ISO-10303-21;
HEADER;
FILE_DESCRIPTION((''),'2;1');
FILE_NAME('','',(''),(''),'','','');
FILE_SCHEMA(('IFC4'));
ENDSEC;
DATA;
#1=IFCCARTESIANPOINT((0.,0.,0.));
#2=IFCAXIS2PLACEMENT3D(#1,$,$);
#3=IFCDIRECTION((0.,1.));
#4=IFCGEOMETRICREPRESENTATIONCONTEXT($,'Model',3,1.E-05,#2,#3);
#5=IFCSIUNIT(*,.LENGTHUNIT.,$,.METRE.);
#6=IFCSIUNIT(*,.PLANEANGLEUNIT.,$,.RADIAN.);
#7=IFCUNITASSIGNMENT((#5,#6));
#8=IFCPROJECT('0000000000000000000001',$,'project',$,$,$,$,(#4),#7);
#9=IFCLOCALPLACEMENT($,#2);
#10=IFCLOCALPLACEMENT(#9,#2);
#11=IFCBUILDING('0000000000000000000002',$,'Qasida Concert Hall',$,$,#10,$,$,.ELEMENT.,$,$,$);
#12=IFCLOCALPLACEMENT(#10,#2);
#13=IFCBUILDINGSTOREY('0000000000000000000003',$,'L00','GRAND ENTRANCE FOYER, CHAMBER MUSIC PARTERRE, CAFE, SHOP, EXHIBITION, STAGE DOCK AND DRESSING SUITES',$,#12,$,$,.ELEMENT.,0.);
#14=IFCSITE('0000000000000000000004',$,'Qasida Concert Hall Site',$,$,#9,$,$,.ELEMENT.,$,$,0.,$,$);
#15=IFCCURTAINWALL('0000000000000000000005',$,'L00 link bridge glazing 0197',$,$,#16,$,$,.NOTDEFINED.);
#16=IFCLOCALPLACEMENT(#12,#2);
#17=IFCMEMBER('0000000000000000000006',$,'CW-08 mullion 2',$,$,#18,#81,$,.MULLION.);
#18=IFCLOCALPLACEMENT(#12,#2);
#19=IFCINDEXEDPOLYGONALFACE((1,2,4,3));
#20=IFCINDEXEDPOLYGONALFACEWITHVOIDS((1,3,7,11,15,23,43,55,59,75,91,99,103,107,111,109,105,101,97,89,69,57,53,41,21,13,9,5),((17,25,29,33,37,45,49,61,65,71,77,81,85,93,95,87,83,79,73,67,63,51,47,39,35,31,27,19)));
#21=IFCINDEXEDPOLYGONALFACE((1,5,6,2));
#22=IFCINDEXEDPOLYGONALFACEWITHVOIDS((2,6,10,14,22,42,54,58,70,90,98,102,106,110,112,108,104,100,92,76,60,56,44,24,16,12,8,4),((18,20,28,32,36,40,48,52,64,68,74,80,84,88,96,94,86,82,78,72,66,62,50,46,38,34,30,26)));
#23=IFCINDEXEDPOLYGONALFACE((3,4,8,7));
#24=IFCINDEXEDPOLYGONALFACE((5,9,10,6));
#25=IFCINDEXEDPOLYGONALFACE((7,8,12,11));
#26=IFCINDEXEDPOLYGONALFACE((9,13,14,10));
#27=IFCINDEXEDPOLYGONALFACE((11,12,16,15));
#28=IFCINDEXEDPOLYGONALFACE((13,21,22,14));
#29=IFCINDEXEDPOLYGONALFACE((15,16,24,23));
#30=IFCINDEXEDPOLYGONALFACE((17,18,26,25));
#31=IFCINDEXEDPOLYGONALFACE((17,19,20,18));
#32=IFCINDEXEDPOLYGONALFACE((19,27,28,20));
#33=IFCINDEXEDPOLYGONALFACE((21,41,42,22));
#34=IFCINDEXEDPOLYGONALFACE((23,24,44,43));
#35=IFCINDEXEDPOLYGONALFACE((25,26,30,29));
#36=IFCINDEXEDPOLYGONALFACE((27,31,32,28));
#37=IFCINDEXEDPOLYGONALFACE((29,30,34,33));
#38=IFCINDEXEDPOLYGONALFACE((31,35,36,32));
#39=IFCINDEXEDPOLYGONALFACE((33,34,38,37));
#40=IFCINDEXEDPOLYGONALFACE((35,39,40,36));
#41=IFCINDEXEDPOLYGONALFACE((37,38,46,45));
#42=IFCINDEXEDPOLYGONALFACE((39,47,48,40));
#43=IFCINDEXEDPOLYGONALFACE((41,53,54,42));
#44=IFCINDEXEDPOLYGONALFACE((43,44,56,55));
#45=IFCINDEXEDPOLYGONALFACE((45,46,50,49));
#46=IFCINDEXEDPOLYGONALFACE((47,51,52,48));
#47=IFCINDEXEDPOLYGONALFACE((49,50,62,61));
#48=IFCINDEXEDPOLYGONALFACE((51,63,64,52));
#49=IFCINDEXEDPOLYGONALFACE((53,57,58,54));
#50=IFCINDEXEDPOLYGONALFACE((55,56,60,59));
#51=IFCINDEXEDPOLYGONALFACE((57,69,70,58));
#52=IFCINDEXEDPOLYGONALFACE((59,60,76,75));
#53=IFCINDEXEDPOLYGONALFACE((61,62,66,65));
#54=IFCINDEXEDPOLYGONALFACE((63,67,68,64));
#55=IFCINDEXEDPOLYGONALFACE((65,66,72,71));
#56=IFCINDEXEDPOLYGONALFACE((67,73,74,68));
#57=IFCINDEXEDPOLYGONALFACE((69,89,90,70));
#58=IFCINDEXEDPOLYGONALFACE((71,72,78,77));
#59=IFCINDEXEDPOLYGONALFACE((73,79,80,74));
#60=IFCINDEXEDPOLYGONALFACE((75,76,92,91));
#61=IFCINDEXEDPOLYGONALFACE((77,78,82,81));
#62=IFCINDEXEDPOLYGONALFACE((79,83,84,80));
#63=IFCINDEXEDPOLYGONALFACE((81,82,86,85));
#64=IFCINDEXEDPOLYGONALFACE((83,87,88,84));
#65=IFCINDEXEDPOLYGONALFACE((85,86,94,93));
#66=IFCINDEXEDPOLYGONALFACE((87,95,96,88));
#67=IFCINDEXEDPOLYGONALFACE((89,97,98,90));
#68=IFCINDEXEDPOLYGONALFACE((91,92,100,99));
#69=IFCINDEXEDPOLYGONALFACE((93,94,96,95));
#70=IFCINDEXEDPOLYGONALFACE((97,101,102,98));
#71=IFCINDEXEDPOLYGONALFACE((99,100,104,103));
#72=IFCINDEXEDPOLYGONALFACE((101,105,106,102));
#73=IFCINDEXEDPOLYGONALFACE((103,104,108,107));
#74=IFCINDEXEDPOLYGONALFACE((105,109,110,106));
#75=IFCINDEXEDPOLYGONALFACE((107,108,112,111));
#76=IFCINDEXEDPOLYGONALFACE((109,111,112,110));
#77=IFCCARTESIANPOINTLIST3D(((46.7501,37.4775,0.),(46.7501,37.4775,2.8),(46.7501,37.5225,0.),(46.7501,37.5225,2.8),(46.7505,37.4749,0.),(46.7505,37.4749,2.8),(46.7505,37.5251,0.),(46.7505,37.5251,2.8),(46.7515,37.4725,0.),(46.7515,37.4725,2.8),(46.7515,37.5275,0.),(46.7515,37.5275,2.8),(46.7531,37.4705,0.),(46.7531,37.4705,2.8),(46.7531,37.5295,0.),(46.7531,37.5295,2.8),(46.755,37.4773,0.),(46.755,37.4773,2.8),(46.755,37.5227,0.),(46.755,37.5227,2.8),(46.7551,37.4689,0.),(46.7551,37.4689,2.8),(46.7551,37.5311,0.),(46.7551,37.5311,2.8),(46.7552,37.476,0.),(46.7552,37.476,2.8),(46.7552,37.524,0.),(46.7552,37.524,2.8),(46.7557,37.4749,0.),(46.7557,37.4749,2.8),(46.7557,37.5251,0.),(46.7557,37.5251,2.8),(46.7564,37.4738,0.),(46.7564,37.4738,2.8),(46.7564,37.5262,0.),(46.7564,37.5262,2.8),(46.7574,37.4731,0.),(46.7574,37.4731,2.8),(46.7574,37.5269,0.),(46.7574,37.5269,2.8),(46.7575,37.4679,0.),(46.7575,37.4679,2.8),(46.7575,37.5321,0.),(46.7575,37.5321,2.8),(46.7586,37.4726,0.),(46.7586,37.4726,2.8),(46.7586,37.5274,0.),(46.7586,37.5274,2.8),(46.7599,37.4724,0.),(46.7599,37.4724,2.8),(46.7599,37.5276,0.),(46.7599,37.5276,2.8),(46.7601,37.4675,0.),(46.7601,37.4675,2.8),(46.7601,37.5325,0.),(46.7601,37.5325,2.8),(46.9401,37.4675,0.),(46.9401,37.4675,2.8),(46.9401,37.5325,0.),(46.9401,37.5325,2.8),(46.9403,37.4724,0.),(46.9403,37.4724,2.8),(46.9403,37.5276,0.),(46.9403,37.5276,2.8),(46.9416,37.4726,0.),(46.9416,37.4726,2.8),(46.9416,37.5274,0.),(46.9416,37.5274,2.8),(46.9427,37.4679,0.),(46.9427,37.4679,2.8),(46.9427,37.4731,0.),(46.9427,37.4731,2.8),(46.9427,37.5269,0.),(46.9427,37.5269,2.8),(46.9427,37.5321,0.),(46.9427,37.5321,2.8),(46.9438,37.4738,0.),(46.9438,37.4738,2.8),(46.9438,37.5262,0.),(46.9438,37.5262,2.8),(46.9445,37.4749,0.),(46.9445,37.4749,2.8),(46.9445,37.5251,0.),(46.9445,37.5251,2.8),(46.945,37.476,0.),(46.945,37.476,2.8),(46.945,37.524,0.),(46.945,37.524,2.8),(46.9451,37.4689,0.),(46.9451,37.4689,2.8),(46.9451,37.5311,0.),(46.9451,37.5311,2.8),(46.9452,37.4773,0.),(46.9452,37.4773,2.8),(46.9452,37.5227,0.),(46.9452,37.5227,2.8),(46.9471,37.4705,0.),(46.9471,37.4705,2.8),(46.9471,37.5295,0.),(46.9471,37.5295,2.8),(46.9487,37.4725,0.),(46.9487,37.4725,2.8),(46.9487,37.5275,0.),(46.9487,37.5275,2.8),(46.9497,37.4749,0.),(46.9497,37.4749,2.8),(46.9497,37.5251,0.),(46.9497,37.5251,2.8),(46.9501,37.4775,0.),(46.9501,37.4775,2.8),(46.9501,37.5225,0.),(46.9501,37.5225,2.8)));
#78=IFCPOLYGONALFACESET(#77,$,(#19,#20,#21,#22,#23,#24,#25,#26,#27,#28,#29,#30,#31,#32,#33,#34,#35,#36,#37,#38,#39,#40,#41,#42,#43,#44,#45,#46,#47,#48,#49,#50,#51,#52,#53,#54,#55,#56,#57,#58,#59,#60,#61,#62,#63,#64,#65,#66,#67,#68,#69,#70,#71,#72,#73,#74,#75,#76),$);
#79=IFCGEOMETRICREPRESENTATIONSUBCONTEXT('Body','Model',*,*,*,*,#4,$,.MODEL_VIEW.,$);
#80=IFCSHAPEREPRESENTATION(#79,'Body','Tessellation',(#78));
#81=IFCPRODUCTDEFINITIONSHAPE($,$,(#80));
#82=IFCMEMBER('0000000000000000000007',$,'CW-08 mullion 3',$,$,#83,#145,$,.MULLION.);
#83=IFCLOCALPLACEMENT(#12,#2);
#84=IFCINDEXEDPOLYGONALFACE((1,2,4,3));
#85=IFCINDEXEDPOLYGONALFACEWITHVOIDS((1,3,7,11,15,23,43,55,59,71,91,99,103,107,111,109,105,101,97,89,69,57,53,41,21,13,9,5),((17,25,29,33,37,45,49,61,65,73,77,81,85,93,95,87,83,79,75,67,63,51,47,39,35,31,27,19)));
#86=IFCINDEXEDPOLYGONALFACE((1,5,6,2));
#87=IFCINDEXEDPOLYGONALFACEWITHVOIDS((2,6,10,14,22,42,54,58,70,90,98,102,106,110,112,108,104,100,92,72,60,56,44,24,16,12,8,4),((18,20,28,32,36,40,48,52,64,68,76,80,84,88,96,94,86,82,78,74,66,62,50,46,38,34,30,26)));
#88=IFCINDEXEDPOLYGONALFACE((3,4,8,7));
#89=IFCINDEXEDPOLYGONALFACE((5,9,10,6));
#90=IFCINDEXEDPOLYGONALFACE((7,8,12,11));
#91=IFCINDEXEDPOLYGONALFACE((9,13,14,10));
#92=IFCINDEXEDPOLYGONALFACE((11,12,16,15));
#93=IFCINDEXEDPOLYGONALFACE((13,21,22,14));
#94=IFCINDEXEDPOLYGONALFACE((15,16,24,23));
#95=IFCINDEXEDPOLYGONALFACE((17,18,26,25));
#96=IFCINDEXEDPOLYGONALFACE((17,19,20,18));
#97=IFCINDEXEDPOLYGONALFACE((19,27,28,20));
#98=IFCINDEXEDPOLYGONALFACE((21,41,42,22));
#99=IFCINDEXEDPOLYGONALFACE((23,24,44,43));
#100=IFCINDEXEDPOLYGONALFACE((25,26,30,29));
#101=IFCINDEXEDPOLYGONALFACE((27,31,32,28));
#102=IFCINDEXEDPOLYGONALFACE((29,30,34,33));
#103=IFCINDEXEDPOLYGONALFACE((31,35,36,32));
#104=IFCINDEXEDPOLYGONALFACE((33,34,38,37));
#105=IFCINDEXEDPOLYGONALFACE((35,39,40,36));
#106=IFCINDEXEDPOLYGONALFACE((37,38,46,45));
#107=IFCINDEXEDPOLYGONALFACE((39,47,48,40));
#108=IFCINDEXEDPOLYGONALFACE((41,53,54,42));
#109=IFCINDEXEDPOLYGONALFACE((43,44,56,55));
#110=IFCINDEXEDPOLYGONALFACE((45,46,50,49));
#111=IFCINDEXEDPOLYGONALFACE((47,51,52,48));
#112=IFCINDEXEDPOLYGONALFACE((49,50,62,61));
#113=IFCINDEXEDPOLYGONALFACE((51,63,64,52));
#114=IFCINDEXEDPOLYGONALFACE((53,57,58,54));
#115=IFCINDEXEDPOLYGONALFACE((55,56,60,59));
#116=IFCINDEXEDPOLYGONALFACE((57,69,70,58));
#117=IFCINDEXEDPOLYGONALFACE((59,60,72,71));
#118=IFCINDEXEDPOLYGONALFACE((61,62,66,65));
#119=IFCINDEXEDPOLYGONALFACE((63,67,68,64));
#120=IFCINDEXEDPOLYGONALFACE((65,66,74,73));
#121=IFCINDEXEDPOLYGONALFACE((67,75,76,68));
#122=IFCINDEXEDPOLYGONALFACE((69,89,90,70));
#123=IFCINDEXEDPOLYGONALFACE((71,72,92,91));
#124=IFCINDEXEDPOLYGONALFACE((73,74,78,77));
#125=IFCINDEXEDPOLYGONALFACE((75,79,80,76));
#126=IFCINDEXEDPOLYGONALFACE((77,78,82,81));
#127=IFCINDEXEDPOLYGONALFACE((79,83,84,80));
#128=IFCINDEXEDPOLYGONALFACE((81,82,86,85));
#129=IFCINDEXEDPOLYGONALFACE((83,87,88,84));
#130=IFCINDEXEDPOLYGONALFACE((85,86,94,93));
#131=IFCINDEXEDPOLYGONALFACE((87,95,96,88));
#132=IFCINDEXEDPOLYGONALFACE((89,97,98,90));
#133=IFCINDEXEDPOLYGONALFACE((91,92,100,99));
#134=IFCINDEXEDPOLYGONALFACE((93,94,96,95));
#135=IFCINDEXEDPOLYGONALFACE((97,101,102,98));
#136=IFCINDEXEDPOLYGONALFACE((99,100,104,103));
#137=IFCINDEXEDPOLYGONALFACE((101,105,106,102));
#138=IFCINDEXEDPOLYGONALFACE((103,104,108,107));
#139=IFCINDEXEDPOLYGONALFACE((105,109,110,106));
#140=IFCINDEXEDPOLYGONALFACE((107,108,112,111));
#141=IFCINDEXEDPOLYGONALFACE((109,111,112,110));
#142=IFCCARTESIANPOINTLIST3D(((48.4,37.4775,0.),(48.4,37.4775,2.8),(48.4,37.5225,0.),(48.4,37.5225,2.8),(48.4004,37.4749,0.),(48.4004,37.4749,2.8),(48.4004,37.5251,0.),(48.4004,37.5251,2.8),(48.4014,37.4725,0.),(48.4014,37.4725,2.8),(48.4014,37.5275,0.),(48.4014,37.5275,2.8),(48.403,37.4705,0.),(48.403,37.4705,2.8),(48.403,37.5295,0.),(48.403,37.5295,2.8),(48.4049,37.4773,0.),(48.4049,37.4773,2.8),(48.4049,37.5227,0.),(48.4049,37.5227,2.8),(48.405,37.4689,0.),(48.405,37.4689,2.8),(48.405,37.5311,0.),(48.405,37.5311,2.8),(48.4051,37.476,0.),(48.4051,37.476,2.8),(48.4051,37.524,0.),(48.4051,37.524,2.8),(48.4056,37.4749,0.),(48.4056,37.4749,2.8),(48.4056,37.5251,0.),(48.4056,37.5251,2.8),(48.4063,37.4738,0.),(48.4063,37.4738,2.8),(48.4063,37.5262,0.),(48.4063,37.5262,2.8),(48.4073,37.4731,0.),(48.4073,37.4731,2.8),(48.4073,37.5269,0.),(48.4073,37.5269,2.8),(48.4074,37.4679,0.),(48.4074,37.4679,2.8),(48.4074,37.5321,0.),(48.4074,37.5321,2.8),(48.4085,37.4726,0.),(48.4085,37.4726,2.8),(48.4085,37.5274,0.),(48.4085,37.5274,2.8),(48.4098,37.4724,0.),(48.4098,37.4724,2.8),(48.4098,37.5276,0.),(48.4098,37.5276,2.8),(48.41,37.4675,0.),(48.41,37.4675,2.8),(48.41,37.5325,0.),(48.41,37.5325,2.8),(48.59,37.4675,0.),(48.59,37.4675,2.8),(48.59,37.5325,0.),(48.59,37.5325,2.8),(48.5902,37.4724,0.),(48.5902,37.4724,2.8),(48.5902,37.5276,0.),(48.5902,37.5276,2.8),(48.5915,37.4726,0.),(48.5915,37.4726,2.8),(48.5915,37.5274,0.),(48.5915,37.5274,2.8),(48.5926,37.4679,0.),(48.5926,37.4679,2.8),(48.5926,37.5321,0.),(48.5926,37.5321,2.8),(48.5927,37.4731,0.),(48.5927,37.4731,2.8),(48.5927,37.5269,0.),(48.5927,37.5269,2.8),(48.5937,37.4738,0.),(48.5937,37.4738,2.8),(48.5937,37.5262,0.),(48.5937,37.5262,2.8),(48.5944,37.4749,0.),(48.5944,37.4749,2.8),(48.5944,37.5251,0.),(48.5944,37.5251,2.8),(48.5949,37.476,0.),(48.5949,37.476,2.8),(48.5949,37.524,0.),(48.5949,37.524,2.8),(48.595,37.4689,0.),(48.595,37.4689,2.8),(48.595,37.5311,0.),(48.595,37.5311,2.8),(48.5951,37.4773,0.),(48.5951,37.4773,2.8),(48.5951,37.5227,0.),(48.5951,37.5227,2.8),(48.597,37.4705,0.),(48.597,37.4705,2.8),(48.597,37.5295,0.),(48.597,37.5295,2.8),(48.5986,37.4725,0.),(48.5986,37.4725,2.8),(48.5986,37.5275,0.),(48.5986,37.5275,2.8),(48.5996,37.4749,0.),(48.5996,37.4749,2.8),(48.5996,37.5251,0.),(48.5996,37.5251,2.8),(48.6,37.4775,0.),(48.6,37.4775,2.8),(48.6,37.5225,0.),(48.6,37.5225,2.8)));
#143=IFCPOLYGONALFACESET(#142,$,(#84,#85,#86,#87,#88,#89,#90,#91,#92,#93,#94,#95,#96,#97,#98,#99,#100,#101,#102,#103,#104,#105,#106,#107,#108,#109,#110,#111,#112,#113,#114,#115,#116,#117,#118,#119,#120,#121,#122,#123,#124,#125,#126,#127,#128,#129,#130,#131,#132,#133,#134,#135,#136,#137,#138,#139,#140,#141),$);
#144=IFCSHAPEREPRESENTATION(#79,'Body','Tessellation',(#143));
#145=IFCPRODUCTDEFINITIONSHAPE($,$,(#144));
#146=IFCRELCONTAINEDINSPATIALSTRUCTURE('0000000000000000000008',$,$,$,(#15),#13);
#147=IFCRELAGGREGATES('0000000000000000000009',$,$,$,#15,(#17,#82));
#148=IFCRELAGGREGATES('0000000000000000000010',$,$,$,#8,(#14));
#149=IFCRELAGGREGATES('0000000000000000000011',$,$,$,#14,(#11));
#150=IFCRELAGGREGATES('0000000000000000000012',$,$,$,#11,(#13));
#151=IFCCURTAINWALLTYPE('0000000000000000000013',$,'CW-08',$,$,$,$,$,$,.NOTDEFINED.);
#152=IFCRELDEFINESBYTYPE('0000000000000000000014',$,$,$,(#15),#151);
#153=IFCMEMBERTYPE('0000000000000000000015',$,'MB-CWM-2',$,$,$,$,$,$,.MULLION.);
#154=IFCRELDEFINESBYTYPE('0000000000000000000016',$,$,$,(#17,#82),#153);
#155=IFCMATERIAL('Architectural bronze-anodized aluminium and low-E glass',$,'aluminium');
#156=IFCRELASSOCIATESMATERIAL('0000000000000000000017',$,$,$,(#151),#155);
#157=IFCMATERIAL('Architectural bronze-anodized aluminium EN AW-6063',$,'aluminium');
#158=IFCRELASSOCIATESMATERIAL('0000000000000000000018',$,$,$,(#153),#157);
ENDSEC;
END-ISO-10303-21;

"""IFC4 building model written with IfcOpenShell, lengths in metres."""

from ifc_helpers import new_model, si_unit, direction, frame, origin, origin_2d, place, context, subcontext, project, spatial, hollow_rectangle, extrude, material, material_profile, profile_set, type_object, element, aggregate, save


model = new_model("IFC4")

# Units and contexts
model_context = context("Model", 3, precision=1e-05, world=origin(), true_north=direction((0.0, 1.0)))
body_context = subcontext(model_context, "Body", "Model", "MODEL_VIEW")
ifc_project = project(units=[si_unit("LENGTHUNIT", "METRE"), si_unit("PLANEANGLEUNIT", "RADIAN")], contexts=[model_context])

# Site, building, storey
site_placement = place(None, origin())
site = spatial("IfcSite", under=ifc_project, at=site_placement, Name="Qasida Concert Hall Site", CompositionType="ELEMENT", RefElevation=0.0)
building_placement = place(site_placement, origin())
building = spatial("IfcBuilding", under=site, at=building_placement, Name="Qasida Concert Hall", CompositionType="ELEMENT")
storey_placement = place(building_placement, origin())
storey = spatial("IfcBuildingStorey", under=building, at=storey_placement, Name="L00", Description="GRAND ENTRANCE FOYER, CHAMBER MUSIC PARTERRE, CAFE, SHOP, EXHIBITION, STAGE DOCK AND DRESSING SUITES", CompositionType="ELEMENT", Elevation=0.0)

# Curtain wall, members
ifc_material_1 = material(Name="Architectural bronze-anodized aluminium and low-E glass", Category="aluminium")
curtain_wall_type = type_object("IfcCurtainWallType", Name="CW-08", PredefinedType="NOTDEFINED", material=ifc_material_1)
curtain_wall_placement = place(storey_placement, origin())
curtain_wall = element("IfcCurtainWall", 1, at=curtain_wall_placement, inside=storey, type_object=curtain_wall_type, Name="L00 link bridge glazing 0197", PredefinedType="NOTDEFINED")
ifc_material_2 = material(Name="Architectural bronze-anodized aluminium EN AW-6063", Category="aluminium")
ifc_material_profile_1 = material_profile(ifc_material_2, hollow_rectangle(XDim=0.0649, YDim=0.2, WallThickness=0.0049, InnerFilletRadius=0.0049, OuterFilletRadius=0.01, at=origin_2d()), Name="CWM 200x65x5")
ifc_profile_set_1 = profile_set([ifc_material_profile_1], Name="Architectural bronze-anodized aluminium EN AW-6063")
member_type_1 = type_object("IfcMemberType", Name="MB-CWM-2", PredefinedType="MULLION", material=ifc_profile_set_1)
member_1_placement = place(storey_placement, frame((46.8501, 37.5, 0.0), z_axis=(0.0, 0.0, 1.0), x_axis=(0.0, 1.0, 0.0)))
member_1 = element("IfcMember", 2, at=member_1_placement, type_object=member_type_1, Name="CW-08 mullion 2", PredefinedType="MULLION", context=body_context, shape_type="SweptSolid", body=[
    extrude(hollow_rectangle(XDim=0.0649, YDim=0.2, WallThickness=0.0049, InnerFilletRadius=0.0049, OuterFilletRadius=0.01, at=origin_2d()), origin(), (0.0, 0.0, 1.0), 2.8),
])
member_2_placement = place(storey_placement, frame((48.5, 37.5, 0.0), z_axis=(0.0, 0.0, 1.0), x_axis=(0.0, 1.0, 0.0)))
member_2 = element("IfcMember", 3, at=member_2_placement, type_object=member_type_1, Name="CW-08 mullion 3", PredefinedType="MULLION", context=body_context, shape_type="SweptSolid", body=[
    extrude(hollow_rectangle(XDim=0.0649, YDim=0.2, WallThickness=0.0049, InnerFilletRadius=0.0049, OuterFilletRadius=0.01, at=origin_2d()), origin(), (0.0, 0.0, 1.0), 2.8),
])
aggregate(curtain_wall, [member_1, member_2])

save(model, "model.ifc")
